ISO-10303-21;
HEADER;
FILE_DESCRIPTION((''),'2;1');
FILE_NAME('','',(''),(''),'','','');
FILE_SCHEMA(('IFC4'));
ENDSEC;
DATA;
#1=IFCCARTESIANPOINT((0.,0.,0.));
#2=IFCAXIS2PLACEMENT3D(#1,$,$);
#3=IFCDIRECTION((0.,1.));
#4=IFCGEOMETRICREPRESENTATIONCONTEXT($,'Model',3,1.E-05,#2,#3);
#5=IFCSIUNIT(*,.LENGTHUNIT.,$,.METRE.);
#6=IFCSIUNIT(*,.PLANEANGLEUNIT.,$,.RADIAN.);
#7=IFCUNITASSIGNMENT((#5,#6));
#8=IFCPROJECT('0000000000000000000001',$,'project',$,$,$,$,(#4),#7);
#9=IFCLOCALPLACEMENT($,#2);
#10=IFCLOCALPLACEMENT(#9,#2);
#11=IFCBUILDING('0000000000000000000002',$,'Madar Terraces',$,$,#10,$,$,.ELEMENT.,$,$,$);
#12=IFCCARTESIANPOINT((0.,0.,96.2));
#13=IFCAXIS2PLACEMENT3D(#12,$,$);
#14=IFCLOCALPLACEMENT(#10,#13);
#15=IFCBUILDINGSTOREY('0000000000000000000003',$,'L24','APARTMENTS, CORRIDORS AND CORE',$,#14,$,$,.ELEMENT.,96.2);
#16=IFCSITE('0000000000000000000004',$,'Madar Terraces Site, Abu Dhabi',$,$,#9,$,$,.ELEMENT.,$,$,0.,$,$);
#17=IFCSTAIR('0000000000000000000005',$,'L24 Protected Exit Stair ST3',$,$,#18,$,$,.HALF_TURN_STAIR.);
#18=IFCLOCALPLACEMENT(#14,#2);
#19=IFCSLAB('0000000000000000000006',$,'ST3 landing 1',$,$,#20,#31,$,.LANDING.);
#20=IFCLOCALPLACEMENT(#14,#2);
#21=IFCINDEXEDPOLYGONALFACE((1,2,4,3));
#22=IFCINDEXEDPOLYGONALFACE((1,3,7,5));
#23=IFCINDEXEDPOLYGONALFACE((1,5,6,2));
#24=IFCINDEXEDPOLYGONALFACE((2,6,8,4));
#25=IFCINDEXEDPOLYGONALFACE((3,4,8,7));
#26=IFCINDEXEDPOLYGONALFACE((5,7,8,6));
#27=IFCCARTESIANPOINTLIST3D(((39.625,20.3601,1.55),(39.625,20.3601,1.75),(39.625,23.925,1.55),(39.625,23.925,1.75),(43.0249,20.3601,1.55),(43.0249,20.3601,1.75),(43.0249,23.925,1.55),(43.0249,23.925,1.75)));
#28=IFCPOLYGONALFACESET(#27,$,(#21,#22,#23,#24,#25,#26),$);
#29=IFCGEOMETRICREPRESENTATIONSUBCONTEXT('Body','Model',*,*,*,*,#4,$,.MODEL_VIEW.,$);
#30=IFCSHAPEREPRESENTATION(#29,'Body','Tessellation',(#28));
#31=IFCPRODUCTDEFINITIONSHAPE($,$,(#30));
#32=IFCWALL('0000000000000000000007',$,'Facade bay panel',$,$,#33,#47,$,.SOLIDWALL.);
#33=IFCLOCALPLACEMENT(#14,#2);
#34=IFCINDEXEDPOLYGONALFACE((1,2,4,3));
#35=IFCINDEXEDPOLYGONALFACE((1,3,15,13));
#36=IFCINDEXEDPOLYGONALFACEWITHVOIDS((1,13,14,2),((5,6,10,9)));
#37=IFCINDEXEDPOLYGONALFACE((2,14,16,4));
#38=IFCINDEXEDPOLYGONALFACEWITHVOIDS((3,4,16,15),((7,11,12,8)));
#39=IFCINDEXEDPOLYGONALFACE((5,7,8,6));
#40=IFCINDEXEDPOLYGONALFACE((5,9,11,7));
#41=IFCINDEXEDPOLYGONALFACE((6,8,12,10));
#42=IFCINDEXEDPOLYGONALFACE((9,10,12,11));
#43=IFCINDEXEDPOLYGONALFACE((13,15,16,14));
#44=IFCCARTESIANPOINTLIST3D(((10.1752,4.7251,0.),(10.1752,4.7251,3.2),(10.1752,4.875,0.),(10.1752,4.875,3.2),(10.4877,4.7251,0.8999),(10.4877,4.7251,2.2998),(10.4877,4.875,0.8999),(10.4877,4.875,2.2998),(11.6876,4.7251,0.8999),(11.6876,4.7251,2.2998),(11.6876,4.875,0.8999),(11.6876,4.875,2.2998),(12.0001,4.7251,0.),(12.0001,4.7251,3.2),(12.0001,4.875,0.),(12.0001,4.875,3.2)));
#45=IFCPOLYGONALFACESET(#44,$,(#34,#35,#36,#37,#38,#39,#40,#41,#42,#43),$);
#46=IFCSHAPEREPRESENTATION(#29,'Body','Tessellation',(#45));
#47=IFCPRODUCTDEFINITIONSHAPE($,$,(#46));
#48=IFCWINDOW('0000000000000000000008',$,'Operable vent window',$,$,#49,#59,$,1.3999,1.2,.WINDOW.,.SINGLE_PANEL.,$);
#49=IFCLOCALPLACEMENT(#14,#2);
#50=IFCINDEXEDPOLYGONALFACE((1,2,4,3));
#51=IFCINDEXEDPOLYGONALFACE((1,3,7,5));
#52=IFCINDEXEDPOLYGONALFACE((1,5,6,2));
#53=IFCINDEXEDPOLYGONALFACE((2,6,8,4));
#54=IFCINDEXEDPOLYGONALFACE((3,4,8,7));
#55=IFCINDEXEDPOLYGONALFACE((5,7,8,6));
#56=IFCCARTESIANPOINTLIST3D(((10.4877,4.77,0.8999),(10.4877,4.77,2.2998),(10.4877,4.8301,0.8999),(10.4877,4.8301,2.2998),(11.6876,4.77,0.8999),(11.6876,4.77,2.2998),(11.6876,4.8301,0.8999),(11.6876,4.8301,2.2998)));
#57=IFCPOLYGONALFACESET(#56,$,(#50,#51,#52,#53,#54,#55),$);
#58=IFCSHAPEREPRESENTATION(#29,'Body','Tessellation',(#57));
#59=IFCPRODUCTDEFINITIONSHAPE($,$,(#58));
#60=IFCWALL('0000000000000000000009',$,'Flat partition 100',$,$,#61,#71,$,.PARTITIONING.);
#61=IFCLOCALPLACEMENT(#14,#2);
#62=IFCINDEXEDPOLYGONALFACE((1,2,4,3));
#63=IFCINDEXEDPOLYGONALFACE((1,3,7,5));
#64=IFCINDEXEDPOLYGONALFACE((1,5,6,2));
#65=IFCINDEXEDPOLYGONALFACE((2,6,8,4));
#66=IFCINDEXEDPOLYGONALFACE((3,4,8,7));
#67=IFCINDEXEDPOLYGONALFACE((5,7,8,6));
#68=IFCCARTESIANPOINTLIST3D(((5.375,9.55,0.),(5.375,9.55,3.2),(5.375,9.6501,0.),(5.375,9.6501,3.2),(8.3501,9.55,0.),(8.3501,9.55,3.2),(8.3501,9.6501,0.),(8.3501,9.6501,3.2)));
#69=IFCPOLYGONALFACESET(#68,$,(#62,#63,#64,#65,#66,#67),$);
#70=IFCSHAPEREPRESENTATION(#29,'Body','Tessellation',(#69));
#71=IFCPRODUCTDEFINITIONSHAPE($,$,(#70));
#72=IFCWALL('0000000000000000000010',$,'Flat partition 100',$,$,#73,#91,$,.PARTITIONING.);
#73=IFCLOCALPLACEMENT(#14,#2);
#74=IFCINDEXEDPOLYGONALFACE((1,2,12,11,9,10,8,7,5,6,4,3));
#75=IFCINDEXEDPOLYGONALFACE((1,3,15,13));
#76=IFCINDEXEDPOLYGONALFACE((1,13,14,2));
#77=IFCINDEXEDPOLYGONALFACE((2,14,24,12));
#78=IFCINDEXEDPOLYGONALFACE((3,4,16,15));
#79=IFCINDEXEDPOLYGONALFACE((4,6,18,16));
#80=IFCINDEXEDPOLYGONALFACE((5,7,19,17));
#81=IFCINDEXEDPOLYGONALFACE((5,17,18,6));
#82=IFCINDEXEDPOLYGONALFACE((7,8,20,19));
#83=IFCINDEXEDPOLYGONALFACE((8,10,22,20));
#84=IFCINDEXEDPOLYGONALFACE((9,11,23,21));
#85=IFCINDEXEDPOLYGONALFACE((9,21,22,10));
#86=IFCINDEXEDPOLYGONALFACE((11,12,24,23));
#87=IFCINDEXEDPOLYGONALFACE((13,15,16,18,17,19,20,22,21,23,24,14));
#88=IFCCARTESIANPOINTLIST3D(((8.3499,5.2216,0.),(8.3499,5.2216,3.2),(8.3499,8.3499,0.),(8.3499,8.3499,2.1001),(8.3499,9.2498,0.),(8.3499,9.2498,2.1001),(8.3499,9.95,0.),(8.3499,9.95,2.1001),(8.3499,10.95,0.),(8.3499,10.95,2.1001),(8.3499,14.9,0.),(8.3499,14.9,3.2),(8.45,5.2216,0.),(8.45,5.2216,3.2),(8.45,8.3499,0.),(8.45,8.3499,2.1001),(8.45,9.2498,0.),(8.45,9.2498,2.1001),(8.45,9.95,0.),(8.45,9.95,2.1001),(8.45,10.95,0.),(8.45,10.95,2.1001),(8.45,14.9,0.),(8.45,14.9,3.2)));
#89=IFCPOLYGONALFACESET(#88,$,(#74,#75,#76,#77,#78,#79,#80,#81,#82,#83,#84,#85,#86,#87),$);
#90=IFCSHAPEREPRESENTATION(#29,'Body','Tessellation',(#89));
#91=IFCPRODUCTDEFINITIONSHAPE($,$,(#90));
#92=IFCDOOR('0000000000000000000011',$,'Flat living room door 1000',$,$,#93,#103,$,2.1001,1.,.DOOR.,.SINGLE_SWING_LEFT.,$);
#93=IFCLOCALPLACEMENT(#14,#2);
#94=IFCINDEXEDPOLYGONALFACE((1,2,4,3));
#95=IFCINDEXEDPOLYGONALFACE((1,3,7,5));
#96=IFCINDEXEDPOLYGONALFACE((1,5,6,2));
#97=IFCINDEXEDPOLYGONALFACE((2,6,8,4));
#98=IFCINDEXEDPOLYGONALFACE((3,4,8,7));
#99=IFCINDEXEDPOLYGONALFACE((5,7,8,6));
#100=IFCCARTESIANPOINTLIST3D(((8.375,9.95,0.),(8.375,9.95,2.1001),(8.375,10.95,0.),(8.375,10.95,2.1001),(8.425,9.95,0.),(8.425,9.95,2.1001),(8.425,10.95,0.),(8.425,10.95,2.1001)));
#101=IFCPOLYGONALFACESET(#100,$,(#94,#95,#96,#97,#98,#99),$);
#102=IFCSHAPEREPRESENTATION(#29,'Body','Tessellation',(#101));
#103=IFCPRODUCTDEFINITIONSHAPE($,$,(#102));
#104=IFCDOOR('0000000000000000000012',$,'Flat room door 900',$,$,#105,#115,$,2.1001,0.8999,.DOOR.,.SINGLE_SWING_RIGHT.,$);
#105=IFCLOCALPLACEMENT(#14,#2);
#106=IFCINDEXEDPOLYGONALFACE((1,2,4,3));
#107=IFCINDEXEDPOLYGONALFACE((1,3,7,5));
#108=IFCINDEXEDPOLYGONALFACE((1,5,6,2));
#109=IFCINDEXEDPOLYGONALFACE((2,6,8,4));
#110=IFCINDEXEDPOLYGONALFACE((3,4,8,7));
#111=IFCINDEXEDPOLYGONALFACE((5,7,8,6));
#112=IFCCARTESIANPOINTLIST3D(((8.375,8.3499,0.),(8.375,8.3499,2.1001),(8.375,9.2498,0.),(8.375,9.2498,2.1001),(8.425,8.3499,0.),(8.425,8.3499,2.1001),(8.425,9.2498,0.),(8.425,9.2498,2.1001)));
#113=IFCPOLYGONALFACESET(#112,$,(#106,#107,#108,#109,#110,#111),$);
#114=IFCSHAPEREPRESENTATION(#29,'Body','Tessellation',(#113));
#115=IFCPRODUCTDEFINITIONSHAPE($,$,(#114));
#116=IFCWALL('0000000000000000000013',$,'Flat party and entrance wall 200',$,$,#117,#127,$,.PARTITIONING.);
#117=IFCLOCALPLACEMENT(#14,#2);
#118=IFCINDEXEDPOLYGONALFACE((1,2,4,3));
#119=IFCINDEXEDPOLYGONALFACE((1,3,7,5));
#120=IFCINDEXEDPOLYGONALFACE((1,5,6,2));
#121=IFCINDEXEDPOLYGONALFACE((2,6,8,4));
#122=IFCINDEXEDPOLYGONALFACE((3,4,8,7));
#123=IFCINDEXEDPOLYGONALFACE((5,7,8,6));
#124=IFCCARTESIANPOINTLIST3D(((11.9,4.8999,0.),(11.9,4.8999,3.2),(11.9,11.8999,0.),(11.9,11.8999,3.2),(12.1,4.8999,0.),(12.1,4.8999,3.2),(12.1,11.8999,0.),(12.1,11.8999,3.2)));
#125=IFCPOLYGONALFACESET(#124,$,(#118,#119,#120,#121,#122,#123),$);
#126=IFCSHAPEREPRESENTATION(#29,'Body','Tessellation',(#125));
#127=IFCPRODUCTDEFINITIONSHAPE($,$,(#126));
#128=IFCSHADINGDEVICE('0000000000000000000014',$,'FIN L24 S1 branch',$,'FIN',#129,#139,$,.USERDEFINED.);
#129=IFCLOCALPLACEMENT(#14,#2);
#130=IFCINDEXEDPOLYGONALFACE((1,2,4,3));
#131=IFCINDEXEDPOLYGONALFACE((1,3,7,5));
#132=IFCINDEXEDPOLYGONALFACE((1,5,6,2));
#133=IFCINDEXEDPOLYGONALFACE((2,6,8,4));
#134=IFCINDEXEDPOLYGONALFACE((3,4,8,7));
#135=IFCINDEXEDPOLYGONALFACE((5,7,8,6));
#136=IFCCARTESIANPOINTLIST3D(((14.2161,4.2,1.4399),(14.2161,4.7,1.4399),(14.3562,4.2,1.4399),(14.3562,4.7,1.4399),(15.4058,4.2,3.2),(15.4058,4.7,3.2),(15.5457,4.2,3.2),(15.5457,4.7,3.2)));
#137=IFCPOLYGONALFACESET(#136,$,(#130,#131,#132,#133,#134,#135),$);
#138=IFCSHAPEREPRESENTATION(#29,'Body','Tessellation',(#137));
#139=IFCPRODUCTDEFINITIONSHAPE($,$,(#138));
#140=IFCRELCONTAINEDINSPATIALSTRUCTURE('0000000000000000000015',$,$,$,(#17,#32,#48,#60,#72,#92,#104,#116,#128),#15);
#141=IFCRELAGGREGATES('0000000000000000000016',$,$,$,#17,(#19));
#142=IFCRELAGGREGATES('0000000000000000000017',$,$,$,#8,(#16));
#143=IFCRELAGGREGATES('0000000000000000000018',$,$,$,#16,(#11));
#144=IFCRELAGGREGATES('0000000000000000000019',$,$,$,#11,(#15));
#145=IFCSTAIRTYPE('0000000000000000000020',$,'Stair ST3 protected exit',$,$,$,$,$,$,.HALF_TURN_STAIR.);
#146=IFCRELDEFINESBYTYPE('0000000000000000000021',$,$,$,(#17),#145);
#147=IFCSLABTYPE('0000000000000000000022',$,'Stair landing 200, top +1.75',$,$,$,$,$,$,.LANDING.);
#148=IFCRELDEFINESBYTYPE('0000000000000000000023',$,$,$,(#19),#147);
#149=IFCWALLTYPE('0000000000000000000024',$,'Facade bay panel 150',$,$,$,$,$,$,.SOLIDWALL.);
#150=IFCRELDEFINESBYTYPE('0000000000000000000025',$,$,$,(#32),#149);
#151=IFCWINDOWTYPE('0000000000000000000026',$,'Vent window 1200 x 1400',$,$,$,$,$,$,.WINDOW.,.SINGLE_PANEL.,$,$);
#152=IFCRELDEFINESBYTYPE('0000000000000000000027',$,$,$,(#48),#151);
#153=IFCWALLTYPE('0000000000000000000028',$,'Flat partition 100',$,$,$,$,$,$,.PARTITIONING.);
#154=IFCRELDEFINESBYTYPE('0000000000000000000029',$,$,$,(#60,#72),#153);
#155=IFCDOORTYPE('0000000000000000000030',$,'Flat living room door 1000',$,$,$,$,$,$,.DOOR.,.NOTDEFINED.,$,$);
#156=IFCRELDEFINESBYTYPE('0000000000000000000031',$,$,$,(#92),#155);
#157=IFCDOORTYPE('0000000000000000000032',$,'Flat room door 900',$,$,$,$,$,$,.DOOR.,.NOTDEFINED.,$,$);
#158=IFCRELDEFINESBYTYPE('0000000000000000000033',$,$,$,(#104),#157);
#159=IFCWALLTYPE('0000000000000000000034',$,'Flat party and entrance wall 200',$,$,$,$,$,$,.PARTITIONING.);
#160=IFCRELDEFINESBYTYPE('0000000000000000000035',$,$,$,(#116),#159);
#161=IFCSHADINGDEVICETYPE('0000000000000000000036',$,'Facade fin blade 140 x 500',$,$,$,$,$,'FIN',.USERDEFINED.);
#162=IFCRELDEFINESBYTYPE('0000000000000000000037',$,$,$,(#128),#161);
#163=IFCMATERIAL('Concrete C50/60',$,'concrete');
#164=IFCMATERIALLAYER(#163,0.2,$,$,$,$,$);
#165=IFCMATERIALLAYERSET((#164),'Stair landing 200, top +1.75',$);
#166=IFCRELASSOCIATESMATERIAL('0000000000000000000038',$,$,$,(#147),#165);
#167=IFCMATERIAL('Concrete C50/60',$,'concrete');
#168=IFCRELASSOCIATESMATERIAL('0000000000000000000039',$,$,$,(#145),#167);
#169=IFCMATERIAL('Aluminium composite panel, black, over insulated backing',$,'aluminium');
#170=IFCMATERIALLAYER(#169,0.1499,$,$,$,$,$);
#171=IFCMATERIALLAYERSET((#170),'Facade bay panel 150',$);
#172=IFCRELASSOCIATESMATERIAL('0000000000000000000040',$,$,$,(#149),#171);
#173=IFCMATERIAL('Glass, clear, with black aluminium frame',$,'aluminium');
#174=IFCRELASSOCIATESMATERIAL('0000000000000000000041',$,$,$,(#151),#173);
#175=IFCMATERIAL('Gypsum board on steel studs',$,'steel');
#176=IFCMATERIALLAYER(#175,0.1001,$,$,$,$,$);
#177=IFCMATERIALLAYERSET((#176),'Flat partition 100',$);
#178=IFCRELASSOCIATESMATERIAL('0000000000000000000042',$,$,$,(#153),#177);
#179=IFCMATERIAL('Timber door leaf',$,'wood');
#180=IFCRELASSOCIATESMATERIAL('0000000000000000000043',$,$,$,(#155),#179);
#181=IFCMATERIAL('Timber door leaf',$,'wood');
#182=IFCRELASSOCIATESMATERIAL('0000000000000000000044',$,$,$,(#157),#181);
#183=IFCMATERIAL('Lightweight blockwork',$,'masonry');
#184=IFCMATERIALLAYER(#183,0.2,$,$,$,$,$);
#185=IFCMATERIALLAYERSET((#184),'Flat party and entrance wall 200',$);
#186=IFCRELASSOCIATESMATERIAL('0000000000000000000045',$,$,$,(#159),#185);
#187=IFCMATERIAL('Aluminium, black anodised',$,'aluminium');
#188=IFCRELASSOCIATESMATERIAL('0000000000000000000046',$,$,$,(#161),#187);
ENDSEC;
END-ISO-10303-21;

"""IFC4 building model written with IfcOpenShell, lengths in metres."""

from ifc_helpers import new_model, si_unit, direction, frame, frame_2d, origin, place, context, subcontext, project, spatial, polyline, rectangle, outline, extrude, material, layer, layer_set, type_object, element, fill, aggregate, save


model = new_model("IFC4")

# Units and contexts
model_context = context("Model", 3, precision=1e-05, world=origin(), true_north=direction((0.0, 1.0)))
body_context = subcontext(model_context, "Body", "Model", "MODEL_VIEW")
ifc_project = project(units=[si_unit("LENGTHUNIT", "METRE"), si_unit("PLANEANGLEUNIT", "RADIAN")], contexts=[model_context])

# Site, building, storey
site_placement = place(None, origin())
site = spatial("IfcSite", under=ifc_project, at=site_placement, Name="Madar Terraces Site, Abu Dhabi", CompositionType="ELEMENT", RefElevation=0.0)
building_placement = place(site_placement, origin())
building = spatial("IfcBuilding", under=site, at=building_placement, Name="Madar Terraces", CompositionType="ELEMENT")
storey_placement = place(building_placement, frame((0.0, 0.0, 96.2)))
storey = spatial("IfcBuildingStorey", under=building, at=storey_placement, Name="L24", Description="APARTMENTS, CORRIDORS AND CORE", CompositionType="ELEMENT", Elevation=96.2)

# Stair, slab
ifc_material_1 = material(Name="Concrete C50/60", Category="concrete")
ifc_layer_1 = layer(ifc_material_1, 0.2)
ifc_layer_set_1 = layer_set([ifc_layer_1], Name="Stair landing 200, top +1.75")
slab_type_1 = type_object("IfcSlabType", Name="Stair landing 200, top +1.75", PredefinedType="LANDING", material=ifc_layer_set_1)
ifc_material_2 = material(Name="Concrete C50/60", Category="concrete")
stair_type_1 = type_object("IfcStairType", Name="Stair ST3 protected exit", PredefinedType="HALF_TURN_STAIR", material=ifc_material_2)
stair_1_placement = place(storey_placement, origin())
stair_1 = element("IfcStair", 1, at=stair_1_placement, inside=storey, type_object=stair_type_1, Name="L24 Protected Exit Stair ST3", PredefinedType="HALF_TURN_STAIR")
slab_1_placement = place(storey_placement, frame((0.0, 0.0, 1.55)))
slab_1 = element("IfcSlab", 2, at=slab_1_placement, type_object=slab_type_1, Name="ST3 landing 1", PredefinedType="LANDING", context=body_context, shape_type="SweptSolid", body=[
    extrude(outline(polyline([(39.625, 20.3601), (43.0249, 20.3601), (43.0249, 23.925), (39.625, 23.925), (39.625, 20.3601)])), origin(), (0.0, 0.0, 1.0), 0.2),
])
aggregate(stair_1, [slab_1])

# Wall, opening, window
ifc_material_3 = material(Name="Aluminium composite panel, black, over insulated backing", Category="aluminium")
ifc_layer_2 = layer(ifc_material_3, 0.1499)
ifc_layer_set_2 = layer_set([ifc_layer_2], Name="Facade bay panel 150")
wall_type_1 = type_object("IfcWallType", Name="Facade bay panel 150", PredefinedType="SOLIDWALL", material=ifc_layer_set_2)
wall_1_placement = place(storey_placement, frame((10.175, 4.8, 0.0), z_axis=(0.0, 0.0, 1.0), x_axis=(1.0, 0.0, 0.0)))
wall_1 = element("IfcWall", 3, at=wall_1_placement, inside=storey, type_object=wall_type_1, Name="Facade bay panel", PredefinedType="SOLIDWALL", context=body_context, shape_type="SweptSolid", body=[
    extrude(rectangle(XDim=1.825, YDim=0.1499, at=frame_2d((0.9126, 0.0))), origin(), (0.0, 0.0, 1.0), 3.2),
])
opening_1_placement = place(wall_1_placement, frame((0.3125, 0.0, 0.8999)))
opening_1 = element("IfcOpeningElement", 4, at=opening_1_placement, cuts=wall_1, PredefinedType="OPENING", context=body_context, shape_type="SweptSolid", body=[
    extrude(rectangle(XDim=1.2, YDim=1.3999, at=frame_2d((0.6001, 0.7))), frame((0.0, 0.085, 0.0), z_axis=(0.0, -1.0, 0.0), x_axis=(1.0, 0.0, 0.0)), (0.0, 0.0, 1.0), 0.1699),
])
ifc_material_4 = material(Name="Glass, clear, with black aluminium frame", Category="aluminium")
window_type = type_object("IfcWindowType", Name="Vent window 1200 x 1400", PartitioningType="SINGLE_PANEL", PredefinedType="WINDOW", material=ifc_material_4)
window_placement = place(opening_1_placement, origin())
window = element("IfcWindow", 5, at=window_placement, inside=storey, type_object=window_type, Name="Operable vent window", OverallHeight=1.3999, OverallWidth=1.2, PartitioningType="SINGLE_PANEL", PredefinedType="WINDOW", context=body_context, shape_type="SweptSolid", body=[
    extrude(rectangle(XDim=1.2, YDim=1.3999, at=frame_2d((0.6001, 0.7))), frame((0.0, 0.03, 0.0), z_axis=(0.0, -1.0, 0.0), x_axis=(1.0, 0.0, 0.0)), (0.0, 0.0, 1.0), 0.0601),
])
fill(opening_1, window)

# Wall
ifc_material_5 = material(Name="Gypsum board on steel studs", Category="steel")
ifc_layer_3 = layer(ifc_material_5, 0.1001)
ifc_layer_set_3 = layer_set([ifc_layer_3], Name="Flat partition 100")
wall_type_2 = type_object("IfcWallType", Name="Flat partition 100", PredefinedType="PARTITIONING", material=ifc_layer_set_3)
wall_2_placement = place(storey_placement, frame((8.3501, 9.6001, 0.0), z_axis=(0.0, 0.0, 1.0), x_axis=(-1.0, 0.0, 0.0)))
element("IfcWall", 6, at=wall_2_placement, inside=storey, type_object=wall_type_2, Name="Flat partition 100", PredefinedType="PARTITIONING", context=body_context, shape_type="SweptSolid", body=[
    extrude(rectangle(XDim=2.9751, YDim=0.1001, at=frame_2d((1.4875, 0.0))), origin(), (0.0, 0.0, 1.0), 3.2),
])

# Wall, openings, doors
wall_3_placement = place(storey_placement, frame((8.3999, 5.2214, 0.0), z_axis=(0.0, 0.0, 1.0), x_axis=(0.0, 1.0, 0.0)))
wall_3 = element("IfcWall", 7, at=wall_3_placement, inside=storey, type_object=wall_type_2, Name="Flat partition 100", PredefinedType="PARTITIONING", context=body_context, shape_type="SweptSolid", body=[
    extrude(rectangle(XDim=9.6785, YDim=0.1001, at=frame_2d((4.8394, 0.0))), origin(), (0.0, 0.0, 1.0), 3.2),
])
opening_2_placement = place(wall_3_placement, frame((4.7285, 0.0, 0.0)))
opening_2 = element("IfcOpeningElement", 8, at=opening_2_placement, cuts=wall_3, PredefinedType="OPENING", context=body_context, shape_type="SweptSolid", body=[
    extrude(rectangle(XDim=1.0, YDim=2.1001, at=frame_2d((0.5, 1.05))), frame((0.0, 0.0601, 0.0), z_axis=(0.0, -1.0, 0.0), x_axis=(1.0, 0.0, 0.0)), (0.0, 0.0, 1.0), 0.1201),
])
opening_3_placement = place(wall_3_placement, frame((3.1284, 0.0, 0.0)))
opening_3 = element("IfcOpeningElement", 9, at=opening_3_placement, cuts=wall_3, PredefinedType="OPENING", context=body_context, shape_type="SweptSolid", body=[
    extrude(rectangle(XDim=0.8999, YDim=2.1001, at=frame_2d((0.45, 1.05))), frame((0.0, 0.0601, 0.0), z_axis=(0.0, -1.0, 0.0), x_axis=(1.0, 0.0, 0.0)), (0.0, 0.0, 1.0), 0.1201),
])
ifc_material_6 = material(Name="Timber door leaf", Category="wood")
door_type_1 = type_object("IfcDoorType", Name="Flat living room door 1000", OperationType="NOTDEFINED", PredefinedType="DOOR", material=ifc_material_6)
door_1_placement = place(opening_2_placement, origin())
door_1 = element("IfcDoor", 10, at=door_1_placement, inside=storey, type_object=door_type_1, Name="Flat living room door 1000", OperationType="SINGLE_SWING_LEFT", OverallHeight=2.1001, OverallWidth=1.0, PredefinedType="DOOR", context=body_context, shape_type="SweptSolid", body=[
    extrude(rectangle(XDim=1.0, YDim=2.1001, at=frame_2d((0.5, 1.05))), frame((0.0, 0.0249, 0.0), z_axis=(0.0, -1.0, 0.0), x_axis=(1.0, 0.0, 0.0)), (0.0, 0.0, 1.0), 0.05),
])
fill(opening_2, door_1)
ifc_material_7 = material(Name="Timber door leaf", Category="wood")
door_type_2 = type_object("IfcDoorType", Name="Flat room door 900", OperationType="NOTDEFINED", PredefinedType="DOOR", material=ifc_material_7)
door_2_placement = place(opening_3_placement, origin())
door_2 = element("IfcDoor", 11, at=door_2_placement, inside=storey, type_object=door_type_2, Name="Flat room door 900", OperationType="SINGLE_SWING_RIGHT", OverallHeight=2.1001, OverallWidth=0.8999, PredefinedType="DOOR", context=body_context, shape_type="SweptSolid", body=[
    extrude(rectangle(XDim=0.8999, YDim=2.1001, at=frame_2d((0.45, 1.05))), frame((0.0, 0.0249, 0.0), z_axis=(0.0, -1.0, 0.0), x_axis=(1.0, 0.0, 0.0)), (0.0, 0.0, 1.0), 0.05),
])
fill(opening_3, door_2)

# Wall
ifc_material_8 = material(Name="Lightweight blockwork", Category="masonry")
ifc_layer_4 = layer(ifc_material_8, 0.2)
ifc_layer_set_4 = layer_set([ifc_layer_4], Name="Flat party and entrance wall 200")
wall_type_3 = type_object("IfcWallType", Name="Flat party and entrance wall 200", PredefinedType="PARTITIONING", material=ifc_layer_set_4)
wall_4_placement = place(storey_placement, frame((12.0, 4.8999, 0.0), z_axis=(0.0, 0.0, 1.0), x_axis=(0.0, 1.0, 0.0)))
element("IfcWall", 12, at=wall_4_placement, inside=storey, type_object=wall_type_3, Name="Flat party and entrance wall 200", PredefinedType="PARTITIONING", context=body_context, shape_type="SweptSolid", body=[
    extrude(rectangle(XDim=7.0, YDim=0.2, at=frame_2d((3.5, 0.0))), origin(), (0.0, 0.0, 1.0), 3.2),
])

# Shading device
ifc_material_9 = material(Name="Aluminium, black anodised", Category="aluminium")
shading_device_type = type_object("IfcShadingDeviceType", Name="Facade fin blade 140 x 500", ElementType="FIN", PredefinedType="USERDEFINED", material=ifc_material_9)
shading_device_placement = place(storey_placement, frame((14.2161, 4.45, 1.4399), z_axis=(0.0, 0.0, 1.0), x_axis=(1.0, 0.0, 0.0)))
element("IfcShadingDevice", 13, at=shading_device_placement, inside=storey, type_object=shading_device_type, Name="FIN L24 S1 branch", ObjectType="FIN", PredefinedType="USERDEFINED", context=body_context, shape_type="SweptSolid", body=[
    extrude(outline(polyline([(0.0, 0.0), (0.1401, 0.0), (1.3296, 1.76), (1.1897, 1.76), (0.0, 0.0)])), frame((0.0, 0.25, 0.0), z_axis=(0.0, -1.0, 0.0), x_axis=(1.0, 0.0, 0.0)), (0.0, 0.0, 1.0), 0.5),
])

save(model, "model.ifc")
